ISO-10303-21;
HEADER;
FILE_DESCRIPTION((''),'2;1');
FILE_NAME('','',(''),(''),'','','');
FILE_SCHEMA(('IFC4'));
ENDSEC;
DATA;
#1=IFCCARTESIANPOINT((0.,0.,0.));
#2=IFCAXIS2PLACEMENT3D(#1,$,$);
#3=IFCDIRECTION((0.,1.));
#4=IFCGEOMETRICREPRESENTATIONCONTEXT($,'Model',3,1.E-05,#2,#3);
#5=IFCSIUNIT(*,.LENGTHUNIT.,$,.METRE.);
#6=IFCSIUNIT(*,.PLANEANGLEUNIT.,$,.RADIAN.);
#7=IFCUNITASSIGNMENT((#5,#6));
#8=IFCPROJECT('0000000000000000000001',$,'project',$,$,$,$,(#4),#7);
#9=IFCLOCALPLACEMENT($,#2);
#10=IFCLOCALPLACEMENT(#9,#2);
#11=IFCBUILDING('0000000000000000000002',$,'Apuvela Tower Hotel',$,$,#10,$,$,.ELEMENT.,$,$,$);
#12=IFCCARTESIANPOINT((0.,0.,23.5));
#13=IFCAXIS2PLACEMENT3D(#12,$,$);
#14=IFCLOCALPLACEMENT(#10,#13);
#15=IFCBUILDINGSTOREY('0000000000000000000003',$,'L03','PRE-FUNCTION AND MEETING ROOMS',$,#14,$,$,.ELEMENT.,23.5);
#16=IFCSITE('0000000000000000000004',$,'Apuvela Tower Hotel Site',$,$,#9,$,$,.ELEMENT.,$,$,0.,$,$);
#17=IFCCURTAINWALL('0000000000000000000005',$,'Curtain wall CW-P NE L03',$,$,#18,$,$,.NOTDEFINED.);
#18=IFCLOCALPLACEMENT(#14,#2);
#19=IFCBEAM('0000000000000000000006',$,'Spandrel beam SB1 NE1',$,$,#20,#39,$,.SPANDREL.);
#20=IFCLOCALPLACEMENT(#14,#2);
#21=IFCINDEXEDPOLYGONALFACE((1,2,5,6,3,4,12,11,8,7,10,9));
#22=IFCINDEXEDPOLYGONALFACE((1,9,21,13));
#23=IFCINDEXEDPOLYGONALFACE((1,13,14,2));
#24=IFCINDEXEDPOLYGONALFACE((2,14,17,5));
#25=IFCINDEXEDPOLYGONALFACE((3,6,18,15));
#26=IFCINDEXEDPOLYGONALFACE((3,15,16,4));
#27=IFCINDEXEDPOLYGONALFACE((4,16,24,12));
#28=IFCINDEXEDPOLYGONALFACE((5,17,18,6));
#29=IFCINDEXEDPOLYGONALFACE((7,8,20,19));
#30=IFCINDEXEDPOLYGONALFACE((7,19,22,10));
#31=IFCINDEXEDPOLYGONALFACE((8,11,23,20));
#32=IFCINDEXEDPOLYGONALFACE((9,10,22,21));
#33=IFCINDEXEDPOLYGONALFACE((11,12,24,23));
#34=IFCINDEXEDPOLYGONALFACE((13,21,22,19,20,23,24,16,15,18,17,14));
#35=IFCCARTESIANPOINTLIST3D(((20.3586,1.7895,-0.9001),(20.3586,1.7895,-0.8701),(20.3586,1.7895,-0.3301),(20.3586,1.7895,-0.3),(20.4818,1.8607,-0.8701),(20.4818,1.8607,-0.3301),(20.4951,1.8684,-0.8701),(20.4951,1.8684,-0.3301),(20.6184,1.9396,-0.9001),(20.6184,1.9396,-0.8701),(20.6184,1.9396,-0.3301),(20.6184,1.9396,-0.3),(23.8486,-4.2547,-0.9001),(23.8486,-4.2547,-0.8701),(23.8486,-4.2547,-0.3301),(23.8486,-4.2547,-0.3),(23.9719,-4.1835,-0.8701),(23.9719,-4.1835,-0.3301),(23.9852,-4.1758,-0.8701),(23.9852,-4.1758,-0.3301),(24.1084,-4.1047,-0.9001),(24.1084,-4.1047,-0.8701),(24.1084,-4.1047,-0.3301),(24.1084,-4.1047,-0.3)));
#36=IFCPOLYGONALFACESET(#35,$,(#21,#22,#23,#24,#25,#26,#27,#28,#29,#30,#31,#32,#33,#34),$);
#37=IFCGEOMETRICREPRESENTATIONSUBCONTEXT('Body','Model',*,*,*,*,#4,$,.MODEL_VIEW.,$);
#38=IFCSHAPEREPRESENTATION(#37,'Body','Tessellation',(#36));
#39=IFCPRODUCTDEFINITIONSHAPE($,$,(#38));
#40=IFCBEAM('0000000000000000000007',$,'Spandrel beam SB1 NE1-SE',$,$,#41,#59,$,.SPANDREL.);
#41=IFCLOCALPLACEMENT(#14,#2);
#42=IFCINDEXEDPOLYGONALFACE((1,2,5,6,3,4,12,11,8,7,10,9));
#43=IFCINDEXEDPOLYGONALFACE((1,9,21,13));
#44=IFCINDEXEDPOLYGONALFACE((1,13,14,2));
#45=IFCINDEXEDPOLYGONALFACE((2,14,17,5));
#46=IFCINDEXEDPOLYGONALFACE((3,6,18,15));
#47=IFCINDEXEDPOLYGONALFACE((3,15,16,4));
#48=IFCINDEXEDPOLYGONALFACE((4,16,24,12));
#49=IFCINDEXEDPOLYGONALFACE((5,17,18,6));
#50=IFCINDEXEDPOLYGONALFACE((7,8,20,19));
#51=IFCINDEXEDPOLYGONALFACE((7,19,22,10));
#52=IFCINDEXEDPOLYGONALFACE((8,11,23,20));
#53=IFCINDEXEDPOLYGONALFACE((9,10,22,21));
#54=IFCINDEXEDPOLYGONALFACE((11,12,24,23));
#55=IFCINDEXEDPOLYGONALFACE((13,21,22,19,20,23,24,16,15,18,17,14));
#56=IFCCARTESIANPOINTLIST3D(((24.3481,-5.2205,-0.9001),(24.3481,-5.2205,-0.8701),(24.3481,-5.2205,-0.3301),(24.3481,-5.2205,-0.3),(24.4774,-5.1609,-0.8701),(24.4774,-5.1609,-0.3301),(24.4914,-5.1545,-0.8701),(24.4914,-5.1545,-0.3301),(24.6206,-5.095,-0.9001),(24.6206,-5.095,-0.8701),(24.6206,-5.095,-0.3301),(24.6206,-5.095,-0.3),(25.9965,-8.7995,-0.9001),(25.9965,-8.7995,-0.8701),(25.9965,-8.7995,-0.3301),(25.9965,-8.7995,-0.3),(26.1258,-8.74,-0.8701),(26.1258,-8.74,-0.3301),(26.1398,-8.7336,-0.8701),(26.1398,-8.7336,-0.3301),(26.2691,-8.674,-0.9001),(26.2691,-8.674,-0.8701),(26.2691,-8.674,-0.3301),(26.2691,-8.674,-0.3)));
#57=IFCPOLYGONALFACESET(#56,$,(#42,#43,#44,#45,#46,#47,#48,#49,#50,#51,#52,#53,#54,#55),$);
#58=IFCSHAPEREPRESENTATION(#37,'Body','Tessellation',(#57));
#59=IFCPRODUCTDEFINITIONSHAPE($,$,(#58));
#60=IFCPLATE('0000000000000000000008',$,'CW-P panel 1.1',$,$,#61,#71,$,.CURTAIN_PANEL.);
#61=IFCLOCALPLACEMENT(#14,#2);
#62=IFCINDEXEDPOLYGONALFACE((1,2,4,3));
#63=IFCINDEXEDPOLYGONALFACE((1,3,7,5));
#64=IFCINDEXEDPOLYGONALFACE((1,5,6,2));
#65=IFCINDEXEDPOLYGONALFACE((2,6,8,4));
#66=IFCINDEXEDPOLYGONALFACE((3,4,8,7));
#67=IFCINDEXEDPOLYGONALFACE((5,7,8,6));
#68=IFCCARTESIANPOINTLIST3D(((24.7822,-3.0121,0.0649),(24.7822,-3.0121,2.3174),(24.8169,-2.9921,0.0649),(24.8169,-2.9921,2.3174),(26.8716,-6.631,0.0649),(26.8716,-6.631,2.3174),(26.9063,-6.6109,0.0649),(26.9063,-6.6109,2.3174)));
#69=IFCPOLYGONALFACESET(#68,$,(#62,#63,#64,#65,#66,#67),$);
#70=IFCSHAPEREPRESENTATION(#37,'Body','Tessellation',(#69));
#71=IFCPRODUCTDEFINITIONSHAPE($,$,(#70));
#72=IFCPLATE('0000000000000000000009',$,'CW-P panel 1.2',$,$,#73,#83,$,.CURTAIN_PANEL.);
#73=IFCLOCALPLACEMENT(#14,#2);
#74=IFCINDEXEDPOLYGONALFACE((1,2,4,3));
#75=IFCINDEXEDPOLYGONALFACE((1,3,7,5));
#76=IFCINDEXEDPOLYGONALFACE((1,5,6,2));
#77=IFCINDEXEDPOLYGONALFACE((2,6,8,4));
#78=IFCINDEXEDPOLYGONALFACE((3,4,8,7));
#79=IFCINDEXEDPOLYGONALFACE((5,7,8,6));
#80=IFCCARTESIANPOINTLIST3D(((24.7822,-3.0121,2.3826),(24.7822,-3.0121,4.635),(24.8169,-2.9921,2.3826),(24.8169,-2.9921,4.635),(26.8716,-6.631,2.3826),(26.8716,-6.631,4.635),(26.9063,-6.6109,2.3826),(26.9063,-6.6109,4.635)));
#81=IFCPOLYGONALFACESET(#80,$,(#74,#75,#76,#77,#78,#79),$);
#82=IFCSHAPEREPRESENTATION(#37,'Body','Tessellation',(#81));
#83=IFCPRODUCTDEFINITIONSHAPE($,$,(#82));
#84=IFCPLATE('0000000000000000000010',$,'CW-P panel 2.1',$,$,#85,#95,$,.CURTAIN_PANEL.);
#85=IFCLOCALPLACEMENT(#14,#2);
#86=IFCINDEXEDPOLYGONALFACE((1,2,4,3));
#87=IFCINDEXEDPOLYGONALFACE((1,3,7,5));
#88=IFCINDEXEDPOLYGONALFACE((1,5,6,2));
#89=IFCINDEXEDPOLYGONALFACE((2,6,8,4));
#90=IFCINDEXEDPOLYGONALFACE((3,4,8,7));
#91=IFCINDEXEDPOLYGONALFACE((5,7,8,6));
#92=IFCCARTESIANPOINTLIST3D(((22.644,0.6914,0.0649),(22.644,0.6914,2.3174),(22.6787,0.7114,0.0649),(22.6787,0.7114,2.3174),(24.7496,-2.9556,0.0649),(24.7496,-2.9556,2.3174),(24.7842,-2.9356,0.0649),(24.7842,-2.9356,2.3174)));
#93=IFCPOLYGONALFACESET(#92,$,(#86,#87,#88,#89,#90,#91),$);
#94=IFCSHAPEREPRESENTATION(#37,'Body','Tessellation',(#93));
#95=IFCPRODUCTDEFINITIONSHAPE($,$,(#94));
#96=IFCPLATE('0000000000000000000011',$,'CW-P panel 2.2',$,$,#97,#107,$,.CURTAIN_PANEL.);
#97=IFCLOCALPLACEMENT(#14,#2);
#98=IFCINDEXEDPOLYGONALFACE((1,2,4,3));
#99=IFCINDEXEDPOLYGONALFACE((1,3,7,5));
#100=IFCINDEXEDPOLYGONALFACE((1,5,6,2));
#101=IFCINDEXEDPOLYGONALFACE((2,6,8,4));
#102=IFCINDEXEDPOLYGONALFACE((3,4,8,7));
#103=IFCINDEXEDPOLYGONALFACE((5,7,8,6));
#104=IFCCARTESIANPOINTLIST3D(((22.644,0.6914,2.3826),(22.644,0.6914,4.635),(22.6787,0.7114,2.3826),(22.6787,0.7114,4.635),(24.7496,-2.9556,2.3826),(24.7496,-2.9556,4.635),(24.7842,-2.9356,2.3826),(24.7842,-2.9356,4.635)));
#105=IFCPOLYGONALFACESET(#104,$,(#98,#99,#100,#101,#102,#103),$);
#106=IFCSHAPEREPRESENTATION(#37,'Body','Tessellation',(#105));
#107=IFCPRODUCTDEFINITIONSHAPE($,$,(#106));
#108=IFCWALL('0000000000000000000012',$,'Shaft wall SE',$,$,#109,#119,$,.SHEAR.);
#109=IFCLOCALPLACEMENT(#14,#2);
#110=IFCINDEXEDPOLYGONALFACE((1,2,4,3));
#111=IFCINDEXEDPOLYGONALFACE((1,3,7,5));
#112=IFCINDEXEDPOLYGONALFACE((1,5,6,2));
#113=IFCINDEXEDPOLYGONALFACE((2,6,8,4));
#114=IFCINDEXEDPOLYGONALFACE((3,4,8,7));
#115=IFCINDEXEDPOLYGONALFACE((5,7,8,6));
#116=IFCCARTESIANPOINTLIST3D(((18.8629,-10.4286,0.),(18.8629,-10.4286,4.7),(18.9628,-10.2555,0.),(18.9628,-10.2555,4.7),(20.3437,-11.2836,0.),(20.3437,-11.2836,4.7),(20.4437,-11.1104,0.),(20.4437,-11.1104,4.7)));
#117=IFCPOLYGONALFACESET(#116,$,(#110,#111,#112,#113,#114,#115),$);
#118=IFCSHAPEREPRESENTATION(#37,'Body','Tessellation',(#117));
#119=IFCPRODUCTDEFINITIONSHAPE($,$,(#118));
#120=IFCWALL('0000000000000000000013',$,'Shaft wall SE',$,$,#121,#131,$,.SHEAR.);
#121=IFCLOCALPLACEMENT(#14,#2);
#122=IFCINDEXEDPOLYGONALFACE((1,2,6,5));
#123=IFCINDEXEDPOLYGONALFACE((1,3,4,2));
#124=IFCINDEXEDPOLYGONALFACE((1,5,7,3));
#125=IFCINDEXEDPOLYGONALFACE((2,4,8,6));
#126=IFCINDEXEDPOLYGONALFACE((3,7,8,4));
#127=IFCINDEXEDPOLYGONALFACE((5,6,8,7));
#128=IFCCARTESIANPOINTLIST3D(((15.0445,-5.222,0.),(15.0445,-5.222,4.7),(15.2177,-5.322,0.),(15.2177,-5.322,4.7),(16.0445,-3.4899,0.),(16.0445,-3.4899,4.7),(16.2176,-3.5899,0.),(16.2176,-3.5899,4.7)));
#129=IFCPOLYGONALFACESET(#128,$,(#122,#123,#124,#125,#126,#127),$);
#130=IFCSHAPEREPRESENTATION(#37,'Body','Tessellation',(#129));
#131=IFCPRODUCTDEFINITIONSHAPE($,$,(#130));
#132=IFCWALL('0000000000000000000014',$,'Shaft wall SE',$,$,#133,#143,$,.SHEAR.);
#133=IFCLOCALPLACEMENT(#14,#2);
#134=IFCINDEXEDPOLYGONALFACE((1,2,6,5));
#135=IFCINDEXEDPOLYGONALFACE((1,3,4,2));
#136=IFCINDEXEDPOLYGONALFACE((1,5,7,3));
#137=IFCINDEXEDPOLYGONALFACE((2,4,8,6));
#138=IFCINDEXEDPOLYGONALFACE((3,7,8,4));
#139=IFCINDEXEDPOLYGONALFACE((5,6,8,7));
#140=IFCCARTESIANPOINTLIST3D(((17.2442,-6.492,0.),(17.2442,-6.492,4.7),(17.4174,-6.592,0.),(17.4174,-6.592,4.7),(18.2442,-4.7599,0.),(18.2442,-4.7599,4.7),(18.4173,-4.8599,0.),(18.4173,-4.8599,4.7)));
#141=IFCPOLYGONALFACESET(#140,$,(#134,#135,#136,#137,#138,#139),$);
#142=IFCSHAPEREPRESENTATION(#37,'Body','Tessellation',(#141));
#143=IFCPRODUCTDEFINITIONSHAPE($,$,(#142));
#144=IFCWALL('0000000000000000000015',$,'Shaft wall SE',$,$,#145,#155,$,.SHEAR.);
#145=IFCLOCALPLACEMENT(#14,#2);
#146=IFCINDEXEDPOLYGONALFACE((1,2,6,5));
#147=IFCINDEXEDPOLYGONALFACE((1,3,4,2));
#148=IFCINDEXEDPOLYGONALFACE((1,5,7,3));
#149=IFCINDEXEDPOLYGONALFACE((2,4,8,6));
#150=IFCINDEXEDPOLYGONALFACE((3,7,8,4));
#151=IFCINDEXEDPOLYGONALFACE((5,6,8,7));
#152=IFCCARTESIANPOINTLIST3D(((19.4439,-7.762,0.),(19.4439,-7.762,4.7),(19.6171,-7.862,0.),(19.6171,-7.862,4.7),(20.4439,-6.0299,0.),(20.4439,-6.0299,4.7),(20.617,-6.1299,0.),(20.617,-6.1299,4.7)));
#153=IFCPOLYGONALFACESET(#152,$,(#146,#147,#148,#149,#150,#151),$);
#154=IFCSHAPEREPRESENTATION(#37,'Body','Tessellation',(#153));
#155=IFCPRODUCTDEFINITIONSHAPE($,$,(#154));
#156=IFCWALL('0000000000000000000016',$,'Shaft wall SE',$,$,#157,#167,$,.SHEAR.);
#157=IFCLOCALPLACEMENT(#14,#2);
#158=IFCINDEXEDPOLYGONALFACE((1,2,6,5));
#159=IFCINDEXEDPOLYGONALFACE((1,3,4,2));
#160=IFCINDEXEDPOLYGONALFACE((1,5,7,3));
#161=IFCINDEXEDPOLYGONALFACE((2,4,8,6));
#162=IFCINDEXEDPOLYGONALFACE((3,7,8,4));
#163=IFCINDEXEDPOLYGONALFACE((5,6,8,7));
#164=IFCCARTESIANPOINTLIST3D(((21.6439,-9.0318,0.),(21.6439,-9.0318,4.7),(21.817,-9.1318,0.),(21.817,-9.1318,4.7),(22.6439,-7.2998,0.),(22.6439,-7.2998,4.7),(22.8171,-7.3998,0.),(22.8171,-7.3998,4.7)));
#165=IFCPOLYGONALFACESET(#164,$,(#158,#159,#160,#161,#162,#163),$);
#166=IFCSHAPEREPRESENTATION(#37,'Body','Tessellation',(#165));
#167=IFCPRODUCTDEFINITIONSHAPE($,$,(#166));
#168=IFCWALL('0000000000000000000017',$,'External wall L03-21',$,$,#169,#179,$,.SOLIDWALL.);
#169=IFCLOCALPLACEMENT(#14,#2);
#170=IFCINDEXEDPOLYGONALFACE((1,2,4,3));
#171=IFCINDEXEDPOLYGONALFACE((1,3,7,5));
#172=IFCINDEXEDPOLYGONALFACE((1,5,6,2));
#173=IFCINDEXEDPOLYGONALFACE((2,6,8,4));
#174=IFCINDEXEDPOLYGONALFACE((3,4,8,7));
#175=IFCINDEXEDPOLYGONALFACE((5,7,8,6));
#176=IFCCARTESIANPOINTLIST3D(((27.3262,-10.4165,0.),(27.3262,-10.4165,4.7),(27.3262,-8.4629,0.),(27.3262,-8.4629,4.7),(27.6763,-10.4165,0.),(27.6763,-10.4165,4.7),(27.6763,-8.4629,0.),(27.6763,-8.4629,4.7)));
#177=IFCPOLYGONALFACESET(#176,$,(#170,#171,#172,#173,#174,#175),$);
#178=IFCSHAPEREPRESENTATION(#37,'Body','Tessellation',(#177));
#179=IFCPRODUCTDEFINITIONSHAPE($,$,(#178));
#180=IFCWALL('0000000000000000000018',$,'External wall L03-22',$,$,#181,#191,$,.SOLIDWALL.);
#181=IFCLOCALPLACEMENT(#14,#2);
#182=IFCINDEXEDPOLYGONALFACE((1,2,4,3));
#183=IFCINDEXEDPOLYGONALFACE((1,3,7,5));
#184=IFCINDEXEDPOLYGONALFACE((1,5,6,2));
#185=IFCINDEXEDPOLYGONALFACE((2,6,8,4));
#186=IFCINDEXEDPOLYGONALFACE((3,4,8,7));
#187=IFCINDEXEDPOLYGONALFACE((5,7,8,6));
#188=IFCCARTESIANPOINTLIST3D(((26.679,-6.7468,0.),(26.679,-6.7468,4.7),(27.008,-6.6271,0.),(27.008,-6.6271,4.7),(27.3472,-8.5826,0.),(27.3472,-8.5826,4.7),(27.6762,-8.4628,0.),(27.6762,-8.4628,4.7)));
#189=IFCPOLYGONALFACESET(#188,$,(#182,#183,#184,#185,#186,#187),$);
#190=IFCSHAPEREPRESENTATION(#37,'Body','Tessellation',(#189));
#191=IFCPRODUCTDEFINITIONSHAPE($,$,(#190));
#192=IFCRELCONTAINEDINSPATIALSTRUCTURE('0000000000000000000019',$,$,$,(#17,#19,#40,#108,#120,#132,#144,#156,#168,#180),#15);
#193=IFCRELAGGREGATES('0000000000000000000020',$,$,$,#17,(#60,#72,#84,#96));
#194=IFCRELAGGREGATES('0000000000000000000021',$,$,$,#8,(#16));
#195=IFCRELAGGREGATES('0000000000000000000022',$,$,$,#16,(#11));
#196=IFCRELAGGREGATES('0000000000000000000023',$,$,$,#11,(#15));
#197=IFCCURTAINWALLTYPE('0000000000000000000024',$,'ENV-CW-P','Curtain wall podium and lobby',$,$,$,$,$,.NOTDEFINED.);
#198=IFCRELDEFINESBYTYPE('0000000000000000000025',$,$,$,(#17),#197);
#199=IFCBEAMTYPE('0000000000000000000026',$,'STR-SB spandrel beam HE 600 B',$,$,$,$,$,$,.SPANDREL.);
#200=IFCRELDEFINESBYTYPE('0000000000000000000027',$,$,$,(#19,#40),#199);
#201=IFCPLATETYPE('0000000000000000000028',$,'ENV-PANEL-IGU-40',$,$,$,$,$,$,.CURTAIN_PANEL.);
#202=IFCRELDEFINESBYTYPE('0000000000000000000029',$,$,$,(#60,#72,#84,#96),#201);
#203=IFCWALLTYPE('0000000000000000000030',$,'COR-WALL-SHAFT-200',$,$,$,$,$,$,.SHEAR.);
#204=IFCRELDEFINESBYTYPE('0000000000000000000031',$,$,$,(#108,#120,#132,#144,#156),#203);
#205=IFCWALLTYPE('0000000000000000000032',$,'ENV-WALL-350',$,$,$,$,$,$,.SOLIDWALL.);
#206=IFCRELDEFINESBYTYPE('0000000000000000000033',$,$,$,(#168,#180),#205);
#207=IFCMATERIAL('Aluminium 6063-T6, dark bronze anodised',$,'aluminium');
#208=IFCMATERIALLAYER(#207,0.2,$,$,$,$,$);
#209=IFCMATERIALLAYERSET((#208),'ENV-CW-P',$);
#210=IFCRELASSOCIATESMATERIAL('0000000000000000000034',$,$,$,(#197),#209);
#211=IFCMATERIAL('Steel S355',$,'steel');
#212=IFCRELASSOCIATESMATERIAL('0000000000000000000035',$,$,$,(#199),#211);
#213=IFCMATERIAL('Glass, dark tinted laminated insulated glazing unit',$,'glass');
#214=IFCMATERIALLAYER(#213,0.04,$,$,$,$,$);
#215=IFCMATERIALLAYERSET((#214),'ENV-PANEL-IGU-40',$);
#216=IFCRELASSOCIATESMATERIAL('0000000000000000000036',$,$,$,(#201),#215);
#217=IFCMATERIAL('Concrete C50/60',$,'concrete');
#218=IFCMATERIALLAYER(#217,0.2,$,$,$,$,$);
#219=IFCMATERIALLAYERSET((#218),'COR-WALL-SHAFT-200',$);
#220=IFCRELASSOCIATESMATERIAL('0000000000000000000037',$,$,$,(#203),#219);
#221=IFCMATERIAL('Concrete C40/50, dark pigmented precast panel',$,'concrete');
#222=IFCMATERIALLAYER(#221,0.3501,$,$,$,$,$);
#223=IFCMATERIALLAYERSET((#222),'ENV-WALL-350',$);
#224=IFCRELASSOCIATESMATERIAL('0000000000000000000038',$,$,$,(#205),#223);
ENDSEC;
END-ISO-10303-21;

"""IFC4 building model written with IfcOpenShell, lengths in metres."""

from ifc_helpers import new_model, si_unit, direction, frame, frame_2d, origin, origin_2d, place, context, subcontext, project, spatial, rectangle, i_section, extrude, material, layer, layer_set, material_profile, profile_set, type_object, element, aggregate, save


model = new_model("IFC4")

# Units and contexts
model_context = context("Model", 3, precision=1e-05, world=origin(), true_north=direction((0.0, 1.0)))
body_context = subcontext(model_context, "Body", "Model", "MODEL_VIEW")
ifc_project = project(units=[si_unit("LENGTHUNIT", "METRE"), si_unit("PLANEANGLEUNIT", "RADIAN")], contexts=[model_context])

# Site, building, storey
site_placement = place(None, origin())
site = spatial("IfcSite", under=ifc_project, at=site_placement, Name="Apuvela Tower Hotel Site", CompositionType="ELEMENT", RefElevation=0.0)
building_placement = place(site_placement, origin())
building = spatial("IfcBuilding", under=site, at=building_placement, Name="Apuvela Tower Hotel", CompositionType="ELEMENT")
storey_placement = place(building_placement, frame((0.0, 0.0, 23.5)))
storey = spatial("IfcBuildingStorey", under=building, at=storey_placement, Name="L03", Description="PRE-FUNCTION AND MEETING ROOMS", CompositionType="ELEMENT", Elevation=23.5)

# Curtain wall
ifc_material_1 = material(Name="Aluminium 6063-T6, dark bronze anodised", Category="aluminium")
ifc_layer_1 = layer(ifc_material_1, 0.2)
ifc_layer_set_1 = layer_set([ifc_layer_1], Name="ENV-CW-P")
curtain_wall_type = type_object("IfcCurtainWallType", Name="ENV-CW-P", Description="Curtain wall podium and lobby", PredefinedType="NOTDEFINED", material=ifc_layer_set_1)
curtain_wall_placement = place(storey_placement, origin())
curtain_wall = element("IfcCurtainWall", 1, at=curtain_wall_placement, inside=storey, type_object=curtain_wall_type, Name="Curtain wall CW-P NE L03", PredefinedType="NOTDEFINED")

# Beams
ifc_material_2 = material(Name="Steel S355", Category="steel")
ifc_material_profile_1 = material_profile(ifc_material_2, i_section(OverallWidth=0.3, OverallDepth=0.6001, WebThickness=0.0154, FlangeThickness=0.03, at=origin_2d()), Name="HE 600 B")
ifc_profile_set_1 = profile_set([ifc_material_profile_1], Name="Steel S355")
beam_type_1 = type_object("IfcBeamType", Name="STR-SB spandrel beam HE 600 B", PredefinedType="SPANDREL", material=ifc_profile_set_1)
beam_1_placement = place(storey_placement, frame((23.9785, -4.1797, -0.6001), z_axis=(-0.50004, 0.866002, 0.0), x_axis=(-0.866002, -0.50004, 0.0)))
element("IfcBeam", 2, at=beam_1_placement, inside=storey, type_object=beam_type_1, Name="Spandrel beam SB1 NE1", PredefinedType="SPANDREL", context=body_context, shape_type="SweptSolid", body=[
    extrude(i_section(OverallWidth=0.3, OverallDepth=0.6001, WebThickness=0.0154, FlangeThickness=0.03, at=origin_2d()), origin(), (0.0, 0.0, 1.0), 6.9795),
])
beam_2_placement = place(storey_placement, frame((24.4844, -5.1577, -0.6001), z_axis=(0.418335, -0.908293, 0.0), x_axis=(0.908293, 0.418335, 0.0)))
element("IfcBeam", 3, at=beam_2_placement, inside=storey, type_object=beam_type_1, Name="Spandrel beam SB1 NE1-SE", PredefinedType="SPANDREL", context=body_context, shape_type="SweptSolid", body=[
    extrude(i_section(OverallWidth=0.3, OverallDepth=0.6001, WebThickness=0.0154, FlangeThickness=0.03, at=origin_2d()), origin(), (0.0, 0.0, 1.0), 3.9404),
])

# Plates
ifc_material_3 = material(Name="Glass, dark tinted laminated insulated glazing unit", Category="glass")
ifc_layer_2 = layer(ifc_material_3, 0.04)
ifc_layer_set_2 = layer_set([ifc_layer_2], Name="ENV-PANEL-IGU-40")
plate_type = type_object("IfcPlateType", Name="ENV-PANEL-IGU-40", PredefinedType="CURTAIN_PANEL", material=ifc_layer_set_2)
plate_1_placement = place(storey_placement, frame((25.8442, -4.8115, 0.0649), z_axis=(0.0, 0.0, 1.0), x_axis=(-0.5, 0.866026, 0.0)))
plate_1 = element("IfcPlate", 4, at=plate_1_placement, type_object=plate_type, Name="CW-P panel 1.1", PredefinedType="CURTAIN_PANEL", context=body_context, shape_type="SweptSolid", body=[
    extrude(rectangle(XDim=4.1787, YDim=0.04, at=origin_2d()), origin(), (0.0, 0.0, 1.0), 2.2524),
])
plate_2_placement = place(storey_placement, frame((25.8442, -4.8115, 2.3826), z_axis=(0.0, 0.0, 1.0), x_axis=(-0.5, 0.866026, 0.0)))
plate_2 = element("IfcPlate", 5, at=plate_2_placement, type_object=plate_type, Name="CW-P panel 1.2", PredefinedType="CURTAIN_PANEL", context=body_context, shape_type="SweptSolid", body=[
    extrude(rectangle(XDim=4.1787, YDim=0.04, at=origin_2d()), origin(), (0.0, 0.0, 1.0), 2.2524),
])
plate_3_placement = place(storey_placement, frame((23.7141, -1.1221, 0.0649), z_axis=(0.0, 0.0, 1.0), x_axis=(-0.5, 0.866026, 0.0)))
plate_3 = element("IfcPlate", 6, at=plate_3_placement, type_object=plate_type, Name="CW-P panel 2.1", PredefinedType="CURTAIN_PANEL", context=body_context, shape_type="SweptSolid", body=[
    extrude(rectangle(XDim=4.2112, YDim=0.04, at=origin_2d()), origin(), (0.0, 0.0, 1.0), 2.2524),
])
plate_4_placement = place(storey_placement, frame((23.7141, -1.1221, 2.3826), z_axis=(0.0, 0.0, 1.0), x_axis=(-0.5, 0.866026, 0.0)))
plate_4 = element("IfcPlate", 7, at=plate_4_placement, type_object=plate_type, Name="CW-P panel 2.2", PredefinedType="CURTAIN_PANEL", context=body_context, shape_type="SweptSolid", body=[
    extrude(rectangle(XDim=4.2112, YDim=0.04, at=origin_2d()), origin(), (0.0, 0.0, 1.0), 2.2524),
])
aggregate(curtain_wall, [plate_1, plate_2, plate_3, plate_4])

# Walls
ifc_material_4 = material(Name="Concrete C50/60", Category="concrete")
ifc_layer_3 = layer(ifc_material_4, 0.2)
ifc_layer_set_3 = layer_set([ifc_layer_3], Name="COR-WALL-SHAFT-200")
wall_type_1 = type_object("IfcWallType", Name="COR-WALL-SHAFT-200", PredefinedType="SHEAR", material=ifc_layer_set_3)
wall_1_placement = place(storey_placement, frame((18.9128, -10.342, 0.0), z_axis=(0.0, 0.0, 1.0), x_axis=(0.866038, -0.499978, 0.0)))
element("IfcWall", 8, at=wall_1_placement, inside=storey, type_object=wall_type_1, Name="Shaft wall SE", PredefinedType="SHEAR", context=body_context, shape_type="SweptSolid", body=[
    extrude(rectangle(XDim=1.71, YDim=0.2, at=frame_2d((0.855, 0.0))), origin(), (0.0, 0.0, 1.0), 4.7),
])
for number, where, z_axis, x_axis, name in (
    (9, (15.1311, -5.272, 0.0), (0.0, 0.0, 1.0), (0.499973, 0.866041, 0.0), "Shaft wall SE"),
    (10, (17.3308, -6.542, 0.0), (0.0, 0.0, 1.0), (0.499973, 0.866041, 0.0), "Shaft wall SE"),
    (11, (19.5305, -7.812, 0.0), (0.0, 0.0, 1.0), (0.499973, 0.866041, 0.0), "Shaft wall SE"),
    (12, (21.7305, -9.0818, 0.0), (0.0, 0.0, 1.0), (0.500025, 0.866011, 0.0), "Shaft wall SE"),
):
    element("IfcWall", number, at=place(storey_placement, frame(where, z_axis=z_axis, x_axis=x_axis)), inside=storey, type_object=wall_type_1, Name=name, PredefinedType="SHEAR", context=body_context, shape_type="SweptSolid", body=[
        extrude(rectangle(XDim=2.0, YDim=0.2, at=frame_2d((1.0, 0.0))), origin(), (0.0, 0.0, 1.0), 4.7),
    ])
ifc_material_5 = material(Name="Concrete C40/50, dark pigmented precast panel", Category="concrete")
ifc_layer_4 = layer(ifc_material_5, 0.3501)
ifc_layer_set_4 = layer_set([ifc_layer_4], Name="ENV-WALL-350")
wall_type_2 = type_object("IfcWallType", Name="ENV-WALL-350", PredefinedType="SOLIDWALL", material=ifc_layer_set_4)
for number, where, z_axis, x_axis, name in (
    (13, (27.5012, -10.4165, 0.0), (0.0, 0.0, 1.0), (0.0, 1.0, 0.0), "External wall L03-21"),
    (14, (27.5117, -8.5227, 0.0), (0.0, 0.0, 1.0), (-0.342054, 0.93968, 0.0), "External wall L03-22"),
):
    element("IfcWall", number, at=place(storey_placement, frame(where, z_axis=z_axis, x_axis=x_axis)), inside=storey, type_object=wall_type_2, Name=name, PredefinedType="SOLIDWALL", context=body_context, shape_type="SweptSolid", body=[
        extrude(rectangle(XDim=1.9536, YDim=0.3501, at=frame_2d((0.9768, 0.0))), origin(), (0.0, 0.0, 1.0), 4.7),
    ])

save(model, "model.ifc")
